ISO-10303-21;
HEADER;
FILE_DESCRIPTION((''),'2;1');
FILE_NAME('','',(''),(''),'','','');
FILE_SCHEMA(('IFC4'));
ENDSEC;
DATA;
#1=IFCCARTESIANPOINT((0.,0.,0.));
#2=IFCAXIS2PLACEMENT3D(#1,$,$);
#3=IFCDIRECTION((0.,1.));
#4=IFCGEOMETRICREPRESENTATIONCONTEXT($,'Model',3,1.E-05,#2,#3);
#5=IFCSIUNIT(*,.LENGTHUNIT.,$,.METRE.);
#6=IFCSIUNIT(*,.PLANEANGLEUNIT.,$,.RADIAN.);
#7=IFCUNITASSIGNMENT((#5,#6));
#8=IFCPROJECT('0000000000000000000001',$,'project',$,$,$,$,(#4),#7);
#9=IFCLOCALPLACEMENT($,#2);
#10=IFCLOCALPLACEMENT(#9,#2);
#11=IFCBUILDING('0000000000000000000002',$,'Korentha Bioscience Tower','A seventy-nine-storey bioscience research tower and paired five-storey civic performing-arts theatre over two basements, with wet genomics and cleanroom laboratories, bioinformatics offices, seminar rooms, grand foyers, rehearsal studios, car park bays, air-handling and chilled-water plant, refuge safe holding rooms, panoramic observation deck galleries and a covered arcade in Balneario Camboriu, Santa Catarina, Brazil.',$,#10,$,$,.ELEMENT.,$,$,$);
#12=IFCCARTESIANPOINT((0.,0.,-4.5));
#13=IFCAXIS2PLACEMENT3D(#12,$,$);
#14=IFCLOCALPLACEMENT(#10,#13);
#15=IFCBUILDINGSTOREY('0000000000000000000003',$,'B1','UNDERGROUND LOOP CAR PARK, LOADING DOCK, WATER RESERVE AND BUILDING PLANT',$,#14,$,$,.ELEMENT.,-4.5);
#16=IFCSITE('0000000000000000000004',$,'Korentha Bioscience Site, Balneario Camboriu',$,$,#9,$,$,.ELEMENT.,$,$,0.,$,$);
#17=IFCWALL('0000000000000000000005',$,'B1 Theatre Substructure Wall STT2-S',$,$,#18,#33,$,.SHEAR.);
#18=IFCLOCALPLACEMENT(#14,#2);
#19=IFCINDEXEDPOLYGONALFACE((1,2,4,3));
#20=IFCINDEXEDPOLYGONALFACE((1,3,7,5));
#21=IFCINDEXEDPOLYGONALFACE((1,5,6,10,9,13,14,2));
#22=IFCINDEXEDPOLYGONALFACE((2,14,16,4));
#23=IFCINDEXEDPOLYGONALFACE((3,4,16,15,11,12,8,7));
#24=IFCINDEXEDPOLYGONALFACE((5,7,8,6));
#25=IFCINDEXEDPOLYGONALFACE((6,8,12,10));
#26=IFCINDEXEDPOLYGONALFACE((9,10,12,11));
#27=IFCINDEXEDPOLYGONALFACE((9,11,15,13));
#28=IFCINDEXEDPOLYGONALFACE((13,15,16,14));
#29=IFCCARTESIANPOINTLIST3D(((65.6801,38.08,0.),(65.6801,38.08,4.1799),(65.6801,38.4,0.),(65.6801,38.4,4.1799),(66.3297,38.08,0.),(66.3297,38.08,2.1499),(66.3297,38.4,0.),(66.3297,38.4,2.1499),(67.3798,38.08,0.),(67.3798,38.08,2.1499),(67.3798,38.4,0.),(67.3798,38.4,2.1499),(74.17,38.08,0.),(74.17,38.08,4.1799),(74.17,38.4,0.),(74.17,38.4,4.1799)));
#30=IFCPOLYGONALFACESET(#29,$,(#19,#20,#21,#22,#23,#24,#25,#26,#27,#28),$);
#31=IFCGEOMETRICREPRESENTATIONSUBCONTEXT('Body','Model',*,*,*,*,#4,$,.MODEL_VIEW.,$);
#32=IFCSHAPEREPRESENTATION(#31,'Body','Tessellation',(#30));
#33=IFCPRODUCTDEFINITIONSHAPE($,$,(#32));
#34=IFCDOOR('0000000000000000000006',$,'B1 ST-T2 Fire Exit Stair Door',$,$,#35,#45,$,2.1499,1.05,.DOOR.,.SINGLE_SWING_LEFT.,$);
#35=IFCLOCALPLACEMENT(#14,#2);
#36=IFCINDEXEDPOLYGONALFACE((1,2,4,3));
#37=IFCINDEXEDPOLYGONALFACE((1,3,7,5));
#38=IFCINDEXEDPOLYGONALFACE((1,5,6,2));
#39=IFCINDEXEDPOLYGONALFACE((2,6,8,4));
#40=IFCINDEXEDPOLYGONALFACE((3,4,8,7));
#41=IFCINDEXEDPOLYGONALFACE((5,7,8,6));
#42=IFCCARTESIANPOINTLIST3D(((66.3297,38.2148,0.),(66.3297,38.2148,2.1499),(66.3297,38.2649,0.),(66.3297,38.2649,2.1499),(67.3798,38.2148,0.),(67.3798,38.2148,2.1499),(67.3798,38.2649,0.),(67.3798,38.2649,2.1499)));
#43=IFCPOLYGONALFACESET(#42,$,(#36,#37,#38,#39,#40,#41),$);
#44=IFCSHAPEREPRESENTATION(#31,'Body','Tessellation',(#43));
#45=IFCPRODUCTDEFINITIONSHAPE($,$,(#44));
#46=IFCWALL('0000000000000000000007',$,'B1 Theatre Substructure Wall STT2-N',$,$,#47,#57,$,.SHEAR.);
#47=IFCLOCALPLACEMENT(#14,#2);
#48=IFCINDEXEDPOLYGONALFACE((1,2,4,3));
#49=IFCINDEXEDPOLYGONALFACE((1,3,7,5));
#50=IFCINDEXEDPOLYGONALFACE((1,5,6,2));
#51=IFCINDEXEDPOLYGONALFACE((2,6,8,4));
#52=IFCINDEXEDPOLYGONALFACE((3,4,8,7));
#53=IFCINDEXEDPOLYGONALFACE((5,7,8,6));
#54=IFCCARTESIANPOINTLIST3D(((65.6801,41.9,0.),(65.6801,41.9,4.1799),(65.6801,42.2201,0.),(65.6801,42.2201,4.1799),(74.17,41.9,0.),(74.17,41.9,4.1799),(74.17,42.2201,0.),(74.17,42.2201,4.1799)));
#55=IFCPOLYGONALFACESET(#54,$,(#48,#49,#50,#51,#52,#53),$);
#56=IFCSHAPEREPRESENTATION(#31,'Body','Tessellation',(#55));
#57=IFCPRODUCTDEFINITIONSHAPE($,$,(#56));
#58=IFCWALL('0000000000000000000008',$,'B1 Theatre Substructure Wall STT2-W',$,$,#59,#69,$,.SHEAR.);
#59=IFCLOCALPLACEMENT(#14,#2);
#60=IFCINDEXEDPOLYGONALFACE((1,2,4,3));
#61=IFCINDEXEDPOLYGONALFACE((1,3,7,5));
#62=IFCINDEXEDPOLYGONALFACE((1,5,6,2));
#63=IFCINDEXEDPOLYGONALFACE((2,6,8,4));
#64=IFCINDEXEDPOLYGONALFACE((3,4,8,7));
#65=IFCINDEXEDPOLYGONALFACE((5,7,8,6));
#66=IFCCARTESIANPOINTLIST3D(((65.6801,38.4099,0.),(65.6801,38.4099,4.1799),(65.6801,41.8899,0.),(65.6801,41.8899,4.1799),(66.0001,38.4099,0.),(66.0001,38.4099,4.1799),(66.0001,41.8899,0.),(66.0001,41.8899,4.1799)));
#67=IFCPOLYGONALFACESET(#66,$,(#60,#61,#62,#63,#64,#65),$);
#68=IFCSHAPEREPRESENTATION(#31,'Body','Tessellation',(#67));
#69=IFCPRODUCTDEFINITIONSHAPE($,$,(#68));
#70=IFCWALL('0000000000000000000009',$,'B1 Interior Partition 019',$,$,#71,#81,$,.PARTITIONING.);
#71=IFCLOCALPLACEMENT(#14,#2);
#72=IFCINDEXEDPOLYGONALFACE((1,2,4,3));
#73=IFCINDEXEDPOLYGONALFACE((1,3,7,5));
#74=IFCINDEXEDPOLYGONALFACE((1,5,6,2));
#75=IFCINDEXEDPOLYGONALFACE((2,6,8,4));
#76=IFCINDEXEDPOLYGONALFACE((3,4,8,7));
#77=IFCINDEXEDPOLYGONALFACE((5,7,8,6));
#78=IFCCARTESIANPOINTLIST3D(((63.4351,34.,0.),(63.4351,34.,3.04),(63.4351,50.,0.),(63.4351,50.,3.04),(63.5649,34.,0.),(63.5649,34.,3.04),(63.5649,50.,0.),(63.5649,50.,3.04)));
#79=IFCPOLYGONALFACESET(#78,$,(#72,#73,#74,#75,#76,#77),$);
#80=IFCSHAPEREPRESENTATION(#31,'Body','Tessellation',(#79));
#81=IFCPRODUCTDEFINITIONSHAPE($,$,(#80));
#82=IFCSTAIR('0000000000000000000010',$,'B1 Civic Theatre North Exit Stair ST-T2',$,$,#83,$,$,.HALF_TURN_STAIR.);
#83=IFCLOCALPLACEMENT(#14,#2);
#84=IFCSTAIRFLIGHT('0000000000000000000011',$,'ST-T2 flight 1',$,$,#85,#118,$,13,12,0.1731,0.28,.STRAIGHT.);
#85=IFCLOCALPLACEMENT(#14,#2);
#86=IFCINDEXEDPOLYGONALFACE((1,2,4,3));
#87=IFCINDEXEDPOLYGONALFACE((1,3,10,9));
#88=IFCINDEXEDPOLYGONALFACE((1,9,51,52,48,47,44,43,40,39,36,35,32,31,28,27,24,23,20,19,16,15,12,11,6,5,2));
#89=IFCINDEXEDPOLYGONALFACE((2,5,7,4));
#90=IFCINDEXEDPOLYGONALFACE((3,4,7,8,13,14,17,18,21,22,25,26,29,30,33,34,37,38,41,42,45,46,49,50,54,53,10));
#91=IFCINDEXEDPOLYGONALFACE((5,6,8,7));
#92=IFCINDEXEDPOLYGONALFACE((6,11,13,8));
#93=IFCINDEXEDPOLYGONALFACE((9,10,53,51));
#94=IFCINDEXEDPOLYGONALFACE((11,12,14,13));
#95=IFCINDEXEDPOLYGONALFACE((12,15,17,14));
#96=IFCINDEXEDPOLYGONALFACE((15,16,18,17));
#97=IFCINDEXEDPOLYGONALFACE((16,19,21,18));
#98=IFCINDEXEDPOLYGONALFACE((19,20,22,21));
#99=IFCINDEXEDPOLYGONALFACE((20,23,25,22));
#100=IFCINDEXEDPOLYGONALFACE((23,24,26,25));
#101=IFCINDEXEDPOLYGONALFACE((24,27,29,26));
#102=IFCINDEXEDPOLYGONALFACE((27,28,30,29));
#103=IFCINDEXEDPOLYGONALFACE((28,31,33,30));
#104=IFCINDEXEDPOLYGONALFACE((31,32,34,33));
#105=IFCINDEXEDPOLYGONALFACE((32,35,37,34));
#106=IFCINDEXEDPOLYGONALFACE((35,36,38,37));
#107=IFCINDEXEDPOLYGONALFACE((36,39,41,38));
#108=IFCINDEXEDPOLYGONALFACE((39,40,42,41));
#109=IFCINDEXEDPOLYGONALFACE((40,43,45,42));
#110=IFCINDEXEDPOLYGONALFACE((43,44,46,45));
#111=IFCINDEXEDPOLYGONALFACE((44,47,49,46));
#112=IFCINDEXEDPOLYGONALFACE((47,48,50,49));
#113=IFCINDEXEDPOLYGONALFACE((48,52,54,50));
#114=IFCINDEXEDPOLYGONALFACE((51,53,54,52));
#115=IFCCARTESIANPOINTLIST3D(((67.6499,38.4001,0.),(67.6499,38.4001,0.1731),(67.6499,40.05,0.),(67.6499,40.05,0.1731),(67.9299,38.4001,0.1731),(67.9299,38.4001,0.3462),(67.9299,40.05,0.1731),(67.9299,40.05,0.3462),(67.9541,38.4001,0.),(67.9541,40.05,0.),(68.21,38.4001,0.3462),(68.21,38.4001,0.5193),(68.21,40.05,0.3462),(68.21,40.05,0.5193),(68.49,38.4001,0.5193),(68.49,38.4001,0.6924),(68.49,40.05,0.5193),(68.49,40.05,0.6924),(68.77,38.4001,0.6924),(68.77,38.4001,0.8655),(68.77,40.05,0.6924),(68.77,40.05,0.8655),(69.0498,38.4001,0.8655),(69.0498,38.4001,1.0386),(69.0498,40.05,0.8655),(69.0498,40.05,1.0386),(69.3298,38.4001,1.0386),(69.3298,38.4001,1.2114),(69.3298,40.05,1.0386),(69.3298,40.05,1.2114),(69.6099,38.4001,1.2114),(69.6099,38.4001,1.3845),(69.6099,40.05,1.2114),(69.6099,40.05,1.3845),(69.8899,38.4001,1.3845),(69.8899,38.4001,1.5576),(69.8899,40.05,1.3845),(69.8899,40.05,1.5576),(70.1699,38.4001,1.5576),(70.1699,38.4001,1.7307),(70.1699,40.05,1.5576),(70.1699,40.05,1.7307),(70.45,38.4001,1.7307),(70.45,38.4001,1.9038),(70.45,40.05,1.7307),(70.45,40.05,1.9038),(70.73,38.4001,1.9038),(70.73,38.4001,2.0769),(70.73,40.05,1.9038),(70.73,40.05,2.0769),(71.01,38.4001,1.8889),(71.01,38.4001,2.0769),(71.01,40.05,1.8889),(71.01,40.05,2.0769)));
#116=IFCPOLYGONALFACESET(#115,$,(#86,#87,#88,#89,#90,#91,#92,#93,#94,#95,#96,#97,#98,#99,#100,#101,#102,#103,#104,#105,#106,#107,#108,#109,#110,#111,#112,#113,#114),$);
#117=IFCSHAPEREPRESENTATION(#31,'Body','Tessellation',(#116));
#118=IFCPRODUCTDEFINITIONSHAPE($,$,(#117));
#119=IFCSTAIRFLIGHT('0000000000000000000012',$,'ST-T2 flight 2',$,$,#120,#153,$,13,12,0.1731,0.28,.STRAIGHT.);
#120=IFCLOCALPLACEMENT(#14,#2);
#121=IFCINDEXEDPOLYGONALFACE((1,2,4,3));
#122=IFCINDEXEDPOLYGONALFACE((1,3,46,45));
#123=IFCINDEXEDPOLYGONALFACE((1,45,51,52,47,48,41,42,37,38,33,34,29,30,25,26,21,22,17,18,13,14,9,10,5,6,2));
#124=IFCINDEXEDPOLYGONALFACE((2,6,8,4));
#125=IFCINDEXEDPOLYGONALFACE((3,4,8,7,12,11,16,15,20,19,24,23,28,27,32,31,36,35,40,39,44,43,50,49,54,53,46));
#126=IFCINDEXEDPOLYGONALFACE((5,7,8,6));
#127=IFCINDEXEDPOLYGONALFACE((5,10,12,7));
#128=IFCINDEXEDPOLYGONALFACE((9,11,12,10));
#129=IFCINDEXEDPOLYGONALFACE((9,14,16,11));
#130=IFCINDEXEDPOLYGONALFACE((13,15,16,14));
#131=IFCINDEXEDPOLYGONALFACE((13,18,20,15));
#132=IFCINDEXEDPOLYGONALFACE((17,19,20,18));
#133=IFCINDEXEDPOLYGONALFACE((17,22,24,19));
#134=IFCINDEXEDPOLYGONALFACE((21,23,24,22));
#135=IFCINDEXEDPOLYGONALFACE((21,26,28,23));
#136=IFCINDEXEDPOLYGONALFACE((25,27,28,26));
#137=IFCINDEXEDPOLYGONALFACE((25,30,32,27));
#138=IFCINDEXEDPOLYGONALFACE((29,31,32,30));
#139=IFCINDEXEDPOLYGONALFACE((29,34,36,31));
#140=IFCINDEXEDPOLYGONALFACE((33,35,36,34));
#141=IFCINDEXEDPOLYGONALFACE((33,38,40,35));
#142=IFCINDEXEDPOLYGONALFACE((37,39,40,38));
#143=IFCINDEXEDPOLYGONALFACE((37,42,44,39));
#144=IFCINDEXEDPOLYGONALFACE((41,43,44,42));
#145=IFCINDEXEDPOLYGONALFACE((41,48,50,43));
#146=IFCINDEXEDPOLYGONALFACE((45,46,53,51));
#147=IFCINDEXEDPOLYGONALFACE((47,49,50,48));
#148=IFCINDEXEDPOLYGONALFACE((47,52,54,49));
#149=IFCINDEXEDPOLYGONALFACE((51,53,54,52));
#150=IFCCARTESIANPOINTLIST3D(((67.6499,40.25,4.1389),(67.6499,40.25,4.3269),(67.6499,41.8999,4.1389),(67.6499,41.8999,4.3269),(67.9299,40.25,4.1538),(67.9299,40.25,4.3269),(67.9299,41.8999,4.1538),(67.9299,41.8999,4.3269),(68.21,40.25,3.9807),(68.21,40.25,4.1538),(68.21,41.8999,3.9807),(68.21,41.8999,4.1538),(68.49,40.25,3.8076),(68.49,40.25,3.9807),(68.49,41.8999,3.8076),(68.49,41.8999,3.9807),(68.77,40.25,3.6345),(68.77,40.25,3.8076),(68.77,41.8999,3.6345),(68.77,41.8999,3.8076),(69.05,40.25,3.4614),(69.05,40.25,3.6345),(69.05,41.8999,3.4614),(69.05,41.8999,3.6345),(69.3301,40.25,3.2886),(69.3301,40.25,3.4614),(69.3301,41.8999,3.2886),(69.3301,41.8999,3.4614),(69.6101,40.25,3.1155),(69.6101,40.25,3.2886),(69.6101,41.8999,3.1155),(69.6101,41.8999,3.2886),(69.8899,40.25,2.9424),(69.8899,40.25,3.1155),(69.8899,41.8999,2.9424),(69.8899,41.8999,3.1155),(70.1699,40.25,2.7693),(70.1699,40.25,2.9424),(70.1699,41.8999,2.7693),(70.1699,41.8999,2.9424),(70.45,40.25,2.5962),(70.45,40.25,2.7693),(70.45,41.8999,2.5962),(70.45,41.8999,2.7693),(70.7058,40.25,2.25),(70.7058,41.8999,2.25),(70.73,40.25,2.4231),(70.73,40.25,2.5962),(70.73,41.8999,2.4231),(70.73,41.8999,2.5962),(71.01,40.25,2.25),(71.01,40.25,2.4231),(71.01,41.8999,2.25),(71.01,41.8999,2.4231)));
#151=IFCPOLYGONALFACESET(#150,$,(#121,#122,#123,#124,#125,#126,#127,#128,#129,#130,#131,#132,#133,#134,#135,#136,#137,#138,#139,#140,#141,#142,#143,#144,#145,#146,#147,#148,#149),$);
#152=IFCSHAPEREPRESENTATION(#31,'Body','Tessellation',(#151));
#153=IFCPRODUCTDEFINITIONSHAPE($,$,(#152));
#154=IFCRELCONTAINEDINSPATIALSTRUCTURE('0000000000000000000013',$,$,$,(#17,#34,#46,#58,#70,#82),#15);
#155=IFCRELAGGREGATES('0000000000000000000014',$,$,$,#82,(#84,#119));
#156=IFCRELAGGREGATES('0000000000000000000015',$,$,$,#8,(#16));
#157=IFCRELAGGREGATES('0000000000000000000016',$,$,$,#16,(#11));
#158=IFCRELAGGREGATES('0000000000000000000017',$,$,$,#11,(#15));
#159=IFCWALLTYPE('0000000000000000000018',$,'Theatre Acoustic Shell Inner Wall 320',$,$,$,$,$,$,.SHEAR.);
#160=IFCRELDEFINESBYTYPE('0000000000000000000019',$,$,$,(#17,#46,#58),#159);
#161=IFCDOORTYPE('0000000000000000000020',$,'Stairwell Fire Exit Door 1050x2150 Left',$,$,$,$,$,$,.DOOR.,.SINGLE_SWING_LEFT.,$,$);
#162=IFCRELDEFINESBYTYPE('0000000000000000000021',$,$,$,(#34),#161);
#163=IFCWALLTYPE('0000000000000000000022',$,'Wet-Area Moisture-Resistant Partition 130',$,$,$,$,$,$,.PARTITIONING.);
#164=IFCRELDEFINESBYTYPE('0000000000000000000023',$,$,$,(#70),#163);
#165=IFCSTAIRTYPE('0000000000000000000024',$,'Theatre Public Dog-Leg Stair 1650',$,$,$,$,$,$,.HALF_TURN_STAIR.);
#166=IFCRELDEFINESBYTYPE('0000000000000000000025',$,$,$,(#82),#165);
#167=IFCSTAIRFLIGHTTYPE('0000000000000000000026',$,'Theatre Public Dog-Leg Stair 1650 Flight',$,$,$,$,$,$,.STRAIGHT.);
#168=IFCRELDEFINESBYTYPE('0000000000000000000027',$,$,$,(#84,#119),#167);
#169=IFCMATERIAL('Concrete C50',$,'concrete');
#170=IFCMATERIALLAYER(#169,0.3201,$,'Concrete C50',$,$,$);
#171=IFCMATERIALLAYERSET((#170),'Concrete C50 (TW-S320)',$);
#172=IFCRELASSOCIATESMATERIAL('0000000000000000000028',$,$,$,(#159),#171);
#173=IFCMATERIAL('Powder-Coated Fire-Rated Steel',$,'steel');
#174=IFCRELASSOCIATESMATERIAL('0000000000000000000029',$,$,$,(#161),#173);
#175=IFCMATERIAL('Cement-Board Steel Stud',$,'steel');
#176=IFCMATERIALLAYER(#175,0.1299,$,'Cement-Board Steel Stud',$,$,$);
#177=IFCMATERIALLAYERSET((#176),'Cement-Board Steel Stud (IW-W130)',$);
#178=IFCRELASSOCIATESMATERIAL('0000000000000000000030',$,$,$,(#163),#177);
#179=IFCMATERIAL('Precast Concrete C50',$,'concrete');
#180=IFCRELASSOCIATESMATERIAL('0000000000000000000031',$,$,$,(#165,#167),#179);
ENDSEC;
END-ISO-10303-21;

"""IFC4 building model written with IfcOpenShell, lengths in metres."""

from ifc_helpers import new_model, si_unit, direction, frame, frame_2d, origin, place, context, subcontext, project, spatial, polyline, rectangle, outline, extrude, material, layer, layer_set, type_object, element, fill, aggregate, save


model = new_model("IFC4")

# Units and contexts
model_context = context("Model", 3, precision=1e-05, world=origin(), true_north=direction((0.0, 1.0)))
body_context = subcontext(model_context, "Body", "Model", "MODEL_VIEW")
ifc_project = project(units=[si_unit("LENGTHUNIT", "METRE"), si_unit("PLANEANGLEUNIT", "RADIAN")], contexts=[model_context])

# Site, building, storey
site_placement = place(None, origin())
site = spatial("IfcSite", under=ifc_project, at=site_placement, Name="Korentha Bioscience Site, Balneario Camboriu", CompositionType="ELEMENT", RefElevation=0.0)
building_placement = place(site_placement, origin())
building = spatial("IfcBuilding", under=site, at=building_placement, Name="Korentha Bioscience Tower", Description="A seventy-nine-storey bioscience research tower and paired five-storey civic performing-arts theatre over two basements, with wet genomics and cleanroom laboratories, bioinformatics offices, seminar rooms, grand foyers, rehearsal studios, car park bays, air-handling and chilled-water plant, refuge safe holding rooms, panoramic observation deck galleries and a covered arcade in Balneario Camboriu, Santa Catarina, Brazil.", CompositionType="ELEMENT")
storey_placement = place(building_placement, frame((0.0, 0.0, -4.5)))
storey = spatial("IfcBuildingStorey", under=building, at=storey_placement, Name="B1", Description="UNDERGROUND LOOP CAR PARK, LOADING DOCK, WATER RESERVE AND BUILDING PLANT", CompositionType="ELEMENT", Elevation=-4.5)

# Shared definitions
ifc_material_1 = material(Name="Concrete C50", Category="concrete")

# Wall, opening, door
ifc_layer_1 = layer(ifc_material_1, 0.3201, Name="Concrete C50")
ifc_layer_set_1 = layer_set([ifc_layer_1], Name="Concrete C50 (TW-S320)")
wall_type_1 = type_object("IfcWallType", Name="Theatre Acoustic Shell Inner Wall 320", PredefinedType="SHEAR", material=ifc_layer_set_1)
wall_1_placement = place(storey_placement, frame((65.6799, 38.24, 0.0), z_axis=(0.0, 0.0, 1.0), x_axis=(1.0, 0.0, 0.0)))
wall_1 = element("IfcWall", 1, at=wall_1_placement, inside=storey, type_object=wall_type_1, Name="B1 Theatre Substructure Wall STT2-S", PredefinedType="SHEAR", context=body_context, shape_type="SweptSolid", body=[
    extrude(rectangle(XDim=8.49, YDim=0.3201, at=frame_2d((4.2451, 0.0))), origin(), (0.0, 0.0, 1.0), 4.1799),
])
opening_1_placement = place(wall_1_placement, frame((0.6499, 0.0, 0.0)))
opening_1 = element("IfcOpeningElement", 2, at=opening_1_placement, cuts=wall_1, PredefinedType="OPENING", context=body_context, shape_type="SweptSolid", body=[
    extrude(rectangle(XDim=1.05, YDim=2.1499, at=frame_2d((0.5249, 1.075))), frame((0.0, 0.1748, 0.0), z_axis=(0.0, -1.0, 0.0), x_axis=(1.0, 0.0, 0.0)), (0.0, 0.0, 1.0), 0.3499),
])
ifc_material_2 = material(Name="Powder-Coated Fire-Rated Steel", Category="steel")
door_type_1 = type_object("IfcDoorType", Name="Stairwell Fire Exit Door 1050x2150 Left", OperationType="SINGLE_SWING_LEFT", PredefinedType="DOOR", material=ifc_material_2)
door_1_placement = place(opening_1_placement, origin())
door_1 = element("IfcDoor", 3, at=door_1_placement, inside=storey, type_object=door_type_1, Name="B1 ST-T2 Fire Exit Stair Door", OperationType="SINGLE_SWING_LEFT", OverallHeight=2.1499, OverallWidth=1.05, PredefinedType="DOOR", context=body_context, shape_type="SweptSolid", body=[
    extrude(rectangle(XDim=1.05, YDim=2.1499, at=frame_2d((0.5249, 1.075))), frame((0.0, 0.0249, 0.0), z_axis=(0.0, -1.0, 0.0), x_axis=(1.0, 0.0, 0.0)), (0.0, 0.0, 1.0), 0.05),
])
fill(opening_1, door_1)

# Walls
wall_2_placement = place(storey_placement, frame((65.6799, 42.0601, 0.0), z_axis=(0.0, 0.0, 1.0), x_axis=(1.0, 0.0, 0.0)))
element("IfcWall", 4, at=wall_2_placement, inside=storey, type_object=wall_type_1, Name="B1 Theatre Substructure Wall STT2-N", PredefinedType="SHEAR", context=body_context, shape_type="SweptSolid", body=[
    extrude(rectangle(XDim=8.49, YDim=0.3201, at=frame_2d((4.2451, 0.0))), origin(), (0.0, 0.0, 1.0), 4.1799),
])
wall_3_placement = place(storey_placement, frame((65.8401, 38.4099, 0.0), z_axis=(0.0, 0.0, 1.0), x_axis=(0.0, 1.0, 0.0)))
element("IfcWall", 5, at=wall_3_placement, inside=storey, type_object=wall_type_1, Name="B1 Theatre Substructure Wall STT2-W", PredefinedType="SHEAR", context=body_context, shape_type="SweptSolid", body=[
    extrude(rectangle(XDim=3.48, YDim=0.3201, at=frame_2d((1.74, 0.0))), origin(), (0.0, 0.0, 1.0), 4.1799),
])
ifc_material_3 = material(Name="Cement-Board Steel Stud", Category="steel")
ifc_layer_2 = layer(ifc_material_3, 0.1299, Name="Cement-Board Steel Stud")
ifc_layer_set_2 = layer_set([ifc_layer_2], Name="Cement-Board Steel Stud (IW-W130)")
wall_type_2 = type_object("IfcWallType", Name="Wet-Area Moisture-Resistant Partition 130", PredefinedType="PARTITIONING", material=ifc_layer_set_2)
wall_4_placement = place(storey_placement, frame((63.5, 50.0, 0.0), z_axis=(0.0, 0.0, 1.0), x_axis=(0.0, -1.0, 0.0)))
element("IfcWall", 6, at=wall_4_placement, inside=storey, type_object=wall_type_2, Name="B1 Interior Partition 019", PredefinedType="PARTITIONING", context=body_context, shape_type="SweptSolid", body=[
    extrude(rectangle(XDim=16.0, YDim=0.1299, at=frame_2d((8.0, 0.0))), origin(), (0.0, 0.0, 1.0), 3.04),
])

# Stair, stair flights
ifc_material_4 = material(Name="Precast Concrete C50", Category="concrete")
stair_type = type_object("IfcStairType", Name="Theatre Public Dog-Leg Stair 1650", PredefinedType="HALF_TURN_STAIR", material=ifc_material_4)
stair_placement = place(storey_placement, origin())
stair = element("IfcStair", 7, at=stair_placement, inside=storey, type_object=stair_type, Name="B1 Civic Theatre North Exit Stair ST-T2", PredefinedType="HALF_TURN_STAIR")
stair_flight_type = type_object("IfcStairFlightType", Name="Theatre Public Dog-Leg Stair 1650 Flight", PredefinedType="STRAIGHT", material=ifc_material_4)
stair_flight_1_placement = place(storey_placement, frame((67.6499, 39.2251, 0.0), z_axis=(0.0, 0.0, 1.0), x_axis=(1.0, 0.0, 0.0)))
stair_flight_1 = element("IfcStairFlight", 8, at=stair_flight_1_placement, type_object=stair_flight_type, Name="ST-T2 flight 1", NumberOfRisers=13, NumberOfTreads=12, PredefinedType="STRAIGHT", RiserHeight=0.1731, TreadLength=0.28, context=body_context, shape_type="SweptSolid", body=[
    extrude(outline(polyline([(0.0, 0.0), (0.0, 0.1731), (0.28, 0.1731), (0.28, 0.3462), (0.5601, 0.3462), (0.5601, 0.5193), (0.8401, 0.5193), (0.8401, 0.6924), (1.1201, 0.6924), (1.1201, 0.8655), (1.3999, 0.8655), (1.3999, 1.0386), (1.6799, 1.0386), (1.6799, 1.2114), (1.96, 1.2114), (1.96, 1.3845), (2.24, 1.3845), (2.24, 1.5576), (2.52, 1.5576), (2.52, 1.7307), (2.8, 1.7307), (2.8, 1.9038), (3.0801, 1.9038), (3.0801, 2.0769), (3.3601, 2.0769), (3.3601, 2.25), (3.3601, 1.8889), (0.3042, 0.0), (0.0, 0.0)])), frame((0.0, 0.825, 0.0), z_axis=(0.0, -1.0, 0.0), x_axis=(1.0, 0.0, 0.0)), (0.0, 0.0, 1.0), 1.6499),
])
stair_flight_2_placement = place(storey_placement, frame((71.01, 41.075, 2.25), z_axis=(0.0, 0.0, 1.0), x_axis=(-1.0, 0.0, 0.0)))
stair_flight_2 = element("IfcStairFlight", 9, at=stair_flight_2_placement, type_object=stair_flight_type, Name="ST-T2 flight 2", NumberOfRisers=13, NumberOfTreads=12, PredefinedType="STRAIGHT", RiserHeight=0.1731, TreadLength=0.28, context=body_context, shape_type="SweptSolid", body=[
    extrude(outline(polyline([(0.0, 0.0), (0.0, 0.1731), (0.28, 0.1731), (0.28, 0.3462), (0.5601, 0.3462), (0.5601, 0.5193), (0.8401, 0.5193), (0.8401, 0.6924), (1.1201, 0.6924), (1.1201, 0.8655), (1.3999, 0.8655), (1.3999, 1.0386), (1.6799, 1.0386), (1.6799, 1.2114), (1.96, 1.2114), (1.96, 1.3845), (2.24, 1.3845), (2.24, 1.5576), (2.52, 1.5576), (2.52, 1.7307), (2.8, 1.7307), (2.8, 1.9038), (3.0801, 1.9038), (3.0801, 2.0769), (3.3601, 2.0769), (3.3601, 2.25), (3.3601, 1.8889), (0.3042, 0.0), (0.0, 0.0)])), frame((0.0, 0.825, 0.0), z_axis=(0.0, -1.0, 0.0), x_axis=(1.0, 0.0, 0.0)), (0.0, 0.0, 1.0), 1.6499),
])
aggregate(stair, [stair_flight_1, stair_flight_2])

save(model, "model.ifc")
